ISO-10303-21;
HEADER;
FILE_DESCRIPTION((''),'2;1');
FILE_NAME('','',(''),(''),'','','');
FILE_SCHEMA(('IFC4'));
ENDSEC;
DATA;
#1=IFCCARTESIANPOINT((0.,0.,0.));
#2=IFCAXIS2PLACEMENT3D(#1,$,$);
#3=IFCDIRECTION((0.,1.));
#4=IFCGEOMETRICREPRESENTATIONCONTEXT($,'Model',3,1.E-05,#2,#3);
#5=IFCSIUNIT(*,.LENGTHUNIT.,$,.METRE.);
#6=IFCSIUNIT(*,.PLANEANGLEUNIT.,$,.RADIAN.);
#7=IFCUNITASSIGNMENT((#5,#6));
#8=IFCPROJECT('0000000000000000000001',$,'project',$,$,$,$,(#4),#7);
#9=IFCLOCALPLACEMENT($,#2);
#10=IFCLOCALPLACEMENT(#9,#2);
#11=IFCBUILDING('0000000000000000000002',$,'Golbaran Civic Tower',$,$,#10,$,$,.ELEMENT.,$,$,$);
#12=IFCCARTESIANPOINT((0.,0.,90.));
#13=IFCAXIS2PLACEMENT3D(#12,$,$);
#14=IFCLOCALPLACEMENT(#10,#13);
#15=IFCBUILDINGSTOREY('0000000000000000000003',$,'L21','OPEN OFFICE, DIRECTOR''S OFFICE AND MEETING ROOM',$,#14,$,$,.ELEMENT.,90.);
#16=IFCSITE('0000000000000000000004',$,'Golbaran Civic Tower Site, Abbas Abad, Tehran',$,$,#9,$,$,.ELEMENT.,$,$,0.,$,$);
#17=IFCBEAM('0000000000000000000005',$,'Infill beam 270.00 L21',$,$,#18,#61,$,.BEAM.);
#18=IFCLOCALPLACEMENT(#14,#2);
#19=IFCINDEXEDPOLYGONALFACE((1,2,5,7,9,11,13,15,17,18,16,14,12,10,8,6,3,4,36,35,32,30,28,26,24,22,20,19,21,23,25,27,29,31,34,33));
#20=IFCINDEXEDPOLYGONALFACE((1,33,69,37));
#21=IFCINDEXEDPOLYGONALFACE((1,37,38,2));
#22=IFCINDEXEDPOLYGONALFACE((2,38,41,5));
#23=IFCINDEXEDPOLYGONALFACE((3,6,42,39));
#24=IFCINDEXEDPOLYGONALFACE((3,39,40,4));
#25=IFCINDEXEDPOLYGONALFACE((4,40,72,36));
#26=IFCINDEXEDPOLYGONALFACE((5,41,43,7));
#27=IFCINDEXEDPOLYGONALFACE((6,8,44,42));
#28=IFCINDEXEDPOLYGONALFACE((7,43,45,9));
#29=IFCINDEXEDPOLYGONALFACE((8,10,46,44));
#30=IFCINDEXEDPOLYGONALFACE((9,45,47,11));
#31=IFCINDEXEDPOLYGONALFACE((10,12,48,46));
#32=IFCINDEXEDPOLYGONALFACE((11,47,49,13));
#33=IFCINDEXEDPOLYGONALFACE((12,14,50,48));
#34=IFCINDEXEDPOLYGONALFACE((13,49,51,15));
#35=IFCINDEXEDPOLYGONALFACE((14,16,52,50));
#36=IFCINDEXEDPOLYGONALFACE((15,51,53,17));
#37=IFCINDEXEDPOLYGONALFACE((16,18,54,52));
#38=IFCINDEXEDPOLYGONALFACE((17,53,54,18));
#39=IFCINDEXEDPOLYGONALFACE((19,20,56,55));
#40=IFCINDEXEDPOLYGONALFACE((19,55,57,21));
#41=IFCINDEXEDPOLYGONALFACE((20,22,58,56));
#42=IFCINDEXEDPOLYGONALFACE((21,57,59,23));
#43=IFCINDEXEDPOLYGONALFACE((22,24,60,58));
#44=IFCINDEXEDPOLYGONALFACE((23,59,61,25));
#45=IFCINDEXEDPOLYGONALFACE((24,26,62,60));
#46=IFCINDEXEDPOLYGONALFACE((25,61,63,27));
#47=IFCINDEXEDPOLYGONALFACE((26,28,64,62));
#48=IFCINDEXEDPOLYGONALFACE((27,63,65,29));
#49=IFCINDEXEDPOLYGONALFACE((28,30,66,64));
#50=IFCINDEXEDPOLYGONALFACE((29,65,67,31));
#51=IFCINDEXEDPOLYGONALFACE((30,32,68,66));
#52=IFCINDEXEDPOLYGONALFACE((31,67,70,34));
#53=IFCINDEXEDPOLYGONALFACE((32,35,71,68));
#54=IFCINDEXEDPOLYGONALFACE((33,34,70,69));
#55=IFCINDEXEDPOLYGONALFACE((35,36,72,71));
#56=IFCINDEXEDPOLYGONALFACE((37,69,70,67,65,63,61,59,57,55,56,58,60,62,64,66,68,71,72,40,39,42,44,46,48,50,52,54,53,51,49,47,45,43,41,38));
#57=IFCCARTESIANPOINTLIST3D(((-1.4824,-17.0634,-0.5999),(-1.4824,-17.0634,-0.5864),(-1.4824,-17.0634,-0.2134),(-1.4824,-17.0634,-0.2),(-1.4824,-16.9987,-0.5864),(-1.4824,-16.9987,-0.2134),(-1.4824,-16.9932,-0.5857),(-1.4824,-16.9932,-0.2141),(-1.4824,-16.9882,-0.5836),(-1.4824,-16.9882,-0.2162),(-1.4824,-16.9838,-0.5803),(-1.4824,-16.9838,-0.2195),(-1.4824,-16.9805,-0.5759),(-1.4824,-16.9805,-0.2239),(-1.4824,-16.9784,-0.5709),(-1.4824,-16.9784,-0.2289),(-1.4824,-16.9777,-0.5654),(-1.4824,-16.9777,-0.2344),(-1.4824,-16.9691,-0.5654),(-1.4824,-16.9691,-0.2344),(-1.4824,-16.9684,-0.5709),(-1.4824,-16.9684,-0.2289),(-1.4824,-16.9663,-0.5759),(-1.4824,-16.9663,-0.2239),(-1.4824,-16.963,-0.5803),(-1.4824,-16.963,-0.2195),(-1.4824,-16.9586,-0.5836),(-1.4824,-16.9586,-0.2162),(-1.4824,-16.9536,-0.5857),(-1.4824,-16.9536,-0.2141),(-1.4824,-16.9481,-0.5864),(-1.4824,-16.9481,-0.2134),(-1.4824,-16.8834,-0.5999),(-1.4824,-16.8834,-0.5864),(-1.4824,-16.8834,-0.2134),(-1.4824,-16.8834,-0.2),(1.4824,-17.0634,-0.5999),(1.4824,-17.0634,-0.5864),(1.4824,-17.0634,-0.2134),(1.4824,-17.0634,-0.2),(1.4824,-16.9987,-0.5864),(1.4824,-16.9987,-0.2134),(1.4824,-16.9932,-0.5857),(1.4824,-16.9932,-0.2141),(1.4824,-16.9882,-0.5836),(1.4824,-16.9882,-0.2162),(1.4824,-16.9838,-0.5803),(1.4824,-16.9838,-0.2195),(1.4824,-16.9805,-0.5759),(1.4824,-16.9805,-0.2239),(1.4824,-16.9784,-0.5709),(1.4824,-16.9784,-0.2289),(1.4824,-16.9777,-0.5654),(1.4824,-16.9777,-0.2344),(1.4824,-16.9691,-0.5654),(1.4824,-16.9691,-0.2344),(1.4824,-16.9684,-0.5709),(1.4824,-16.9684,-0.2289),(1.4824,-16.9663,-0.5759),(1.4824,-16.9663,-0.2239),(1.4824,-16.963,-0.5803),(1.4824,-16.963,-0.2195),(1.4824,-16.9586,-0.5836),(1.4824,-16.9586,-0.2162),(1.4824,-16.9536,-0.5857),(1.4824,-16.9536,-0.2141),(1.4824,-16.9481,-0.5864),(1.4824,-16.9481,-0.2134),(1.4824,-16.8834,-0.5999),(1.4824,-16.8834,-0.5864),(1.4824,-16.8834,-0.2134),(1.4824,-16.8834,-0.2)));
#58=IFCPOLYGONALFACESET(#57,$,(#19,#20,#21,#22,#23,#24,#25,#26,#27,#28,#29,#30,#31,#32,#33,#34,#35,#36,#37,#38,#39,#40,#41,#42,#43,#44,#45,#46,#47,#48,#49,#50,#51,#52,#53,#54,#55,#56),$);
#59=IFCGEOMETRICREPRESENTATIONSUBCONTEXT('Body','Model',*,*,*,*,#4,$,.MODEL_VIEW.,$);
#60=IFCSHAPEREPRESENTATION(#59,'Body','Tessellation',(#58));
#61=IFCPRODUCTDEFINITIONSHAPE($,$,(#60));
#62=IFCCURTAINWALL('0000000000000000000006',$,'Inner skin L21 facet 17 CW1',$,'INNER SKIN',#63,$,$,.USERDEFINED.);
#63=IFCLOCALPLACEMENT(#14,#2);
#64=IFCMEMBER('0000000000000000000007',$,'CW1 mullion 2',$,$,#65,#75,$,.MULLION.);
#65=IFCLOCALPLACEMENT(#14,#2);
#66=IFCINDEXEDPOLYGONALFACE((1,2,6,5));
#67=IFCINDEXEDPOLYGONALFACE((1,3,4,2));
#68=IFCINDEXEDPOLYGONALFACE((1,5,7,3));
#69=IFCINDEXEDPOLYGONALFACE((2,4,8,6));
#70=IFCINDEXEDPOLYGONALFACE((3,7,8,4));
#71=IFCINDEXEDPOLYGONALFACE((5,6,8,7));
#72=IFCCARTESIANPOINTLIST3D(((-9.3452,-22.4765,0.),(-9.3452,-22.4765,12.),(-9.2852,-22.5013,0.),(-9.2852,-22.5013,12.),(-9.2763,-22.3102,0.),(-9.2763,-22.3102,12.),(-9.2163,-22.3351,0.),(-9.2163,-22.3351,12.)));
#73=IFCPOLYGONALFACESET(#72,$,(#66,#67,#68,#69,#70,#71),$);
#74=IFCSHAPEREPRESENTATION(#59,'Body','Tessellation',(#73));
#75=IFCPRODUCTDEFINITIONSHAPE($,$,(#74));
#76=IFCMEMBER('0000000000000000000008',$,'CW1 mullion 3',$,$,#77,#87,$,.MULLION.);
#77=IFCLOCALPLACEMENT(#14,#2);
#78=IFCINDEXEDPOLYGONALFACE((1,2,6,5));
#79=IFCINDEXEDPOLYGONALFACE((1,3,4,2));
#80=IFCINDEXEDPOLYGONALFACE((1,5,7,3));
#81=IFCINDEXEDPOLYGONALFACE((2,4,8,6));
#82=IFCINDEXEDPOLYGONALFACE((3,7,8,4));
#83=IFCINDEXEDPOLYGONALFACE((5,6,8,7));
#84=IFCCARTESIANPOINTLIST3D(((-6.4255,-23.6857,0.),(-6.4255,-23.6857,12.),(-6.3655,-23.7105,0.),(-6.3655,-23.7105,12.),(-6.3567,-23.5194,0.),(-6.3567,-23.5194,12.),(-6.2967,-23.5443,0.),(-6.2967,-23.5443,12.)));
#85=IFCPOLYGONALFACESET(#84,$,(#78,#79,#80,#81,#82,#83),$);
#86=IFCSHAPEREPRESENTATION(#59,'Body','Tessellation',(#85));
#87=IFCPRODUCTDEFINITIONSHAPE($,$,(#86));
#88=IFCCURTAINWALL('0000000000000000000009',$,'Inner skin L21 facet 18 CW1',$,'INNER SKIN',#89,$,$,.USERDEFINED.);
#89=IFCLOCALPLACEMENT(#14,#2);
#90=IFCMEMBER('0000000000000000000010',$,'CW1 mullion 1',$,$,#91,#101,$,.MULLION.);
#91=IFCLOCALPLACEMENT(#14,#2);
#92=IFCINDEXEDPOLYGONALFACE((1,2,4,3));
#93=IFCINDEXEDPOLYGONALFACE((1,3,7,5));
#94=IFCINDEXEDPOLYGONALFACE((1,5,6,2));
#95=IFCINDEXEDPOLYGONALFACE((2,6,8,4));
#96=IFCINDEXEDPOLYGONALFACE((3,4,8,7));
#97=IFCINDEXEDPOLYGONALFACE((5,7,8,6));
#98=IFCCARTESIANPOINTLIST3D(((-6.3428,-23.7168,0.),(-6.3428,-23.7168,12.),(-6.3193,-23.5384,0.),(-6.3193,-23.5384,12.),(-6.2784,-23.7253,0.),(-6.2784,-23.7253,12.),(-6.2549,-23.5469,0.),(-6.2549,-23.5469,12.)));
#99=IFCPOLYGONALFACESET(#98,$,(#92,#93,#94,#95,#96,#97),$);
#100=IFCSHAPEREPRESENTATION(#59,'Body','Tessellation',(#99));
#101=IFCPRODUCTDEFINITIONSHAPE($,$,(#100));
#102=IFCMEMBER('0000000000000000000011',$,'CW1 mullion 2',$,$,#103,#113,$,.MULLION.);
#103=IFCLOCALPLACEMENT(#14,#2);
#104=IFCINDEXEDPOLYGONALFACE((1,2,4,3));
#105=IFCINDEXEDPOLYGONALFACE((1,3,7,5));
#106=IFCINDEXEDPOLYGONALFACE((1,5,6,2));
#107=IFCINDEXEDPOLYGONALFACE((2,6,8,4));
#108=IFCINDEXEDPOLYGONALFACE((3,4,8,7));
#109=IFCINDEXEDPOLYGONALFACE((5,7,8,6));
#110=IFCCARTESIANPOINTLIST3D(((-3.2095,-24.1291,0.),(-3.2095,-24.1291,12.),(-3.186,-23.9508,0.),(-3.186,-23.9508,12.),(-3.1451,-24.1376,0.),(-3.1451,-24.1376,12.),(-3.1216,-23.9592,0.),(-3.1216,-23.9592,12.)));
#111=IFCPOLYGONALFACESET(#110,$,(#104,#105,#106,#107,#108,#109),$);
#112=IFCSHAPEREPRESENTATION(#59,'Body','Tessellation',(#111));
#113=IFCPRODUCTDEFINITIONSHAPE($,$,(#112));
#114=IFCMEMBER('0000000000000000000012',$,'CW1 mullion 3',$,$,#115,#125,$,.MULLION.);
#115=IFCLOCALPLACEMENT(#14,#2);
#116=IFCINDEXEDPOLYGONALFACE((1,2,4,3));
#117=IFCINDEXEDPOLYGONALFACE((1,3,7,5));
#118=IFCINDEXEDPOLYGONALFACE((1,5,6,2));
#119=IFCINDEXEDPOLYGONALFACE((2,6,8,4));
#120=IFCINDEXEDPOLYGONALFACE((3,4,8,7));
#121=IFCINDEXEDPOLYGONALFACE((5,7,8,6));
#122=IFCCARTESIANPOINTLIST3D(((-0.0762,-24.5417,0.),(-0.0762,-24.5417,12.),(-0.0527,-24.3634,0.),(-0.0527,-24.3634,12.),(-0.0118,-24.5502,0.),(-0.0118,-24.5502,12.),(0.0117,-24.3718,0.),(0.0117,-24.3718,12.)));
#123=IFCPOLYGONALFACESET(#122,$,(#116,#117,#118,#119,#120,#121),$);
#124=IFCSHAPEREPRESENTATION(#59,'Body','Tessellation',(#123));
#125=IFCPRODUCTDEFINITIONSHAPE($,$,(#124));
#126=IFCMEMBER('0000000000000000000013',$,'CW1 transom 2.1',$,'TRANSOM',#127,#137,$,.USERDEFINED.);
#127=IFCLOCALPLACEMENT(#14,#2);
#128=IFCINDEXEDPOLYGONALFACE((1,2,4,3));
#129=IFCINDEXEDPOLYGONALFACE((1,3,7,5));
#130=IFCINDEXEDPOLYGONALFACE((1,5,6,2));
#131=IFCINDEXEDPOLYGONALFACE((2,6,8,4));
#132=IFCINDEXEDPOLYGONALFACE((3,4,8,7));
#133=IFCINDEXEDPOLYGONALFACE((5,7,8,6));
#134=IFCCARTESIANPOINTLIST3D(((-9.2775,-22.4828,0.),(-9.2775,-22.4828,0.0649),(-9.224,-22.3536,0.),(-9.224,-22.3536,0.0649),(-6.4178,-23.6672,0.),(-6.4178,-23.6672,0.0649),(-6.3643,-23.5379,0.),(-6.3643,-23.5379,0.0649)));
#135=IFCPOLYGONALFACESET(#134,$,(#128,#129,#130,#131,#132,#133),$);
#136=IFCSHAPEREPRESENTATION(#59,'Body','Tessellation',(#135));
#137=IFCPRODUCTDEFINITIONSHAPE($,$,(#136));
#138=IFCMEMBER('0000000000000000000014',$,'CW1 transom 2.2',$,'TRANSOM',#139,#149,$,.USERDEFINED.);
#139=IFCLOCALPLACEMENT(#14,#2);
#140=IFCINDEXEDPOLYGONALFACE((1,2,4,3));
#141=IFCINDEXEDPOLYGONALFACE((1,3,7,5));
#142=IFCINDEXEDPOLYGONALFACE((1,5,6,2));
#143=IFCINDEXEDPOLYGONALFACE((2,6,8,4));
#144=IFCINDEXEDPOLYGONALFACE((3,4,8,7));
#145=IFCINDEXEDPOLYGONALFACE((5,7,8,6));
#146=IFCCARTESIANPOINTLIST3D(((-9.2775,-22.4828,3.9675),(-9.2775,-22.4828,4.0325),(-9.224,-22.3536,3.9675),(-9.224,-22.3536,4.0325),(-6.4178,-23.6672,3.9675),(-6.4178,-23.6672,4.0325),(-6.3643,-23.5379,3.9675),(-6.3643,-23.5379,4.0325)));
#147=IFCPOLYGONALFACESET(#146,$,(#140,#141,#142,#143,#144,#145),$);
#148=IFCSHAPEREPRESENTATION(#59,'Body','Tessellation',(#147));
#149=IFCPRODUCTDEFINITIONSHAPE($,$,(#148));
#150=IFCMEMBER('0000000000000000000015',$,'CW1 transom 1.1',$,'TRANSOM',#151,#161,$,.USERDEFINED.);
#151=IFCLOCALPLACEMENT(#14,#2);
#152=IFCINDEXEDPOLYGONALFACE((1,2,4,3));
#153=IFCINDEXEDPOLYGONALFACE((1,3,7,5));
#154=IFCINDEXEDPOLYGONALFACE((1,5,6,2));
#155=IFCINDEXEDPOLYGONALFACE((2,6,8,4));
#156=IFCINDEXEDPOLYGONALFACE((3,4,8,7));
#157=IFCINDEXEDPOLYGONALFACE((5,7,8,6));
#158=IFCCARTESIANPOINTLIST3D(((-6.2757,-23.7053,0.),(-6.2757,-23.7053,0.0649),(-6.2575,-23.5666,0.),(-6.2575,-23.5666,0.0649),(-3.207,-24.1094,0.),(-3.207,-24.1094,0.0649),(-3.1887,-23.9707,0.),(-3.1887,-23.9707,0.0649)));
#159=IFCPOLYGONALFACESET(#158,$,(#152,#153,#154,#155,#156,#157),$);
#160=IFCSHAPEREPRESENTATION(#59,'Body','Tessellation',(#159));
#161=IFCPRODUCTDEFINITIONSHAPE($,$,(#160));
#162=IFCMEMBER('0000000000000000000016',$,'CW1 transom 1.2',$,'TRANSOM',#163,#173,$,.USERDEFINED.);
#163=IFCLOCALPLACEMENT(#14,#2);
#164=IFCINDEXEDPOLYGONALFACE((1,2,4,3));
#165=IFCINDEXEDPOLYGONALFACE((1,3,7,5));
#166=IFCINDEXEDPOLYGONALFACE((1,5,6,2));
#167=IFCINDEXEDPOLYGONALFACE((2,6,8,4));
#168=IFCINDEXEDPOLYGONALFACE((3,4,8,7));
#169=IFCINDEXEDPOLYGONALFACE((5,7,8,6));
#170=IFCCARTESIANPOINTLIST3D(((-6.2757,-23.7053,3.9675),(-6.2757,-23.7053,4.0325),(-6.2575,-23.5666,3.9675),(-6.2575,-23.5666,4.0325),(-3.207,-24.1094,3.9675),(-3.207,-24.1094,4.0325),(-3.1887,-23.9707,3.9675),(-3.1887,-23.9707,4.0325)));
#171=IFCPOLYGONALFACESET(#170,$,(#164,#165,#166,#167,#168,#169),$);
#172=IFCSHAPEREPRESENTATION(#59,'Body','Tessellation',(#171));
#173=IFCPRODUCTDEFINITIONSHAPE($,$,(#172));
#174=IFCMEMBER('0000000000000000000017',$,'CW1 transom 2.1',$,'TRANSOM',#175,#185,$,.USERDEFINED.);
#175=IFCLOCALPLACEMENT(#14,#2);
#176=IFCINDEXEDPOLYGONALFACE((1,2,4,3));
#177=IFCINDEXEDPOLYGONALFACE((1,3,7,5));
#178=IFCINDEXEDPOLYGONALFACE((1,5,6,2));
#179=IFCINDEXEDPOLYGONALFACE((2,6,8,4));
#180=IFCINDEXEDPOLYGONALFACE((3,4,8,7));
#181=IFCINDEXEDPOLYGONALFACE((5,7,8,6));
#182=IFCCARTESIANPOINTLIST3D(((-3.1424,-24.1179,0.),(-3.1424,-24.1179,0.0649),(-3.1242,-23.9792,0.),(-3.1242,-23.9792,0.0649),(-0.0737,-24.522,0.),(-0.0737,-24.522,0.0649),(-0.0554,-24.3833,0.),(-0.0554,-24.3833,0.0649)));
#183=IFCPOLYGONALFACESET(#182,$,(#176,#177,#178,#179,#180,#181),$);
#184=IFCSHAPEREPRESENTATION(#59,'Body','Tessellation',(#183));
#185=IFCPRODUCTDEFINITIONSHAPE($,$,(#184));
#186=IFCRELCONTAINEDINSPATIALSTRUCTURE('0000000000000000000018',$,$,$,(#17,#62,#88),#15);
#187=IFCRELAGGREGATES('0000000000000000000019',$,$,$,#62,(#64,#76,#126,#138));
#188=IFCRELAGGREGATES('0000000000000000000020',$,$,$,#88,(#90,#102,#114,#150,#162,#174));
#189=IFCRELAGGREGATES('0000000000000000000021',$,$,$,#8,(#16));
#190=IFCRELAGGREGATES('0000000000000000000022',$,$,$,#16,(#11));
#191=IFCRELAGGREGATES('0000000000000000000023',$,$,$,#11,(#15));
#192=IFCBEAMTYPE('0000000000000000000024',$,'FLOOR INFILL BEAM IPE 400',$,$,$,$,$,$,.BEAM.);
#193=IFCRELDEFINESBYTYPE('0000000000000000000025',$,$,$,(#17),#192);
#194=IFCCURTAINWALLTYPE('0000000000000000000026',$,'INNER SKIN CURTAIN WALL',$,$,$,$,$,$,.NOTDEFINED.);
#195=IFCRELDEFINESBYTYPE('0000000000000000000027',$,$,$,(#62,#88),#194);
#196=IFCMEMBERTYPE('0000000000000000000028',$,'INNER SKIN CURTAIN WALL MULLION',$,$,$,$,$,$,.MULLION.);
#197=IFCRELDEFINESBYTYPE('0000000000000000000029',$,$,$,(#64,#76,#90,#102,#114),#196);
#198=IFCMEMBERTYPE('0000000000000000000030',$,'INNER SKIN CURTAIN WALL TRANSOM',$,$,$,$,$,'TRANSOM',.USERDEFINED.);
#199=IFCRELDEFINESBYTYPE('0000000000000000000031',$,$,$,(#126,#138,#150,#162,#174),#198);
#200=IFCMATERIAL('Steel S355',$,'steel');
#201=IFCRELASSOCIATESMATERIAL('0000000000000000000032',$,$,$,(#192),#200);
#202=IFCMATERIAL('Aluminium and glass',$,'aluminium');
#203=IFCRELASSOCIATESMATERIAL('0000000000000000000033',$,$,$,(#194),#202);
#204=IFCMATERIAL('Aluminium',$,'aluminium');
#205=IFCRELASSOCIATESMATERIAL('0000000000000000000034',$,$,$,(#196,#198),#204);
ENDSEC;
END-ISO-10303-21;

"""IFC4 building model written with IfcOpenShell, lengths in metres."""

from ifc_helpers import new_model, si_unit, direction, frame, origin, origin_2d, place, context, subcontext, project, spatial, rectangle, i_section, extrude, material, material_profile, profile_set, type_object, element, aggregate, save


model = new_model("IFC4")

# Units and contexts
model_context = context("Model", 3, precision=1e-05, world=origin(), true_north=direction((0.0, 1.0)))
body_context = subcontext(model_context, "Body", "Model", "MODEL_VIEW")
ifc_project = project(units=[si_unit("LENGTHUNIT", "METRE"), si_unit("PLANEANGLEUNIT", "RADIAN")], contexts=[model_context])

# Site, building, storey
site_placement = place(None, origin())
site = spatial("IfcSite", under=ifc_project, at=site_placement, Name="Golbaran Civic Tower Site, Abbas Abad, Tehran", CompositionType="ELEMENT", RefElevation=0.0)
building_placement = place(site_placement, origin())
building = spatial("IfcBuilding", under=site, at=building_placement, Name="Golbaran Civic Tower", CompositionType="ELEMENT")
storey_placement = place(building_placement, frame((0.0, 0.0, 90.0)))
storey = spatial("IfcBuildingStorey", under=building, at=storey_placement, Name="L21", Description="OPEN OFFICE, DIRECTOR'S OFFICE AND MEETING ROOM", CompositionType="ELEMENT", Elevation=90.0)

# Beam
ifc_material_1 = material(Name="Steel S355", Category="steel")
ifc_material_profile_1 = material_profile(ifc_material_1, i_section(OverallWidth=0.1799, OverallDepth=0.3999, WebThickness=0.0085, FlangeThickness=0.0134, FilletRadius=0.021, at=origin_2d()), Name="IPE 400")
ifc_profile_set_1 = profile_set([ifc_material_profile_1], Name="Steel S355")
beam_type_1 = type_object("IfcBeamType", Name="FLOOR INFILL BEAM IPE 400", PredefinedType="BEAM", material=ifc_profile_set_1)
beam_1_placement = place(storey_placement, frame((-1.4824, -16.9734, -0.3999), z_axis=(1.0, 0.0, 0.0), x_axis=(0.0, 1.0, 0.0)))
element("IfcBeam", 1, at=beam_1_placement, inside=storey, type_object=beam_type_1, Name="Infill beam 270.00 L21", PredefinedType="BEAM", context=body_context, shape_type="SweptSolid", body=[
    extrude(i_section(OverallWidth=0.1799, OverallDepth=0.3999, WebThickness=0.0085, FlangeThickness=0.0134, FilletRadius=0.021, at=origin_2d()), origin(), (0.0, 0.0, 1.0), 2.9648),
])

# Curtain walls, members
ifc_material_2 = material(Name="Aluminium and glass", Category="aluminium")
curtain_wall_type = type_object("IfcCurtainWallType", Name="INNER SKIN CURTAIN WALL", PredefinedType="NOTDEFINED", material=ifc_material_2)
curtain_wall_1_placement = place(storey_placement, origin())
curtain_wall_1 = element("IfcCurtainWall", 2, at=curtain_wall_1_placement, inside=storey, type_object=curtain_wall_type, Name="Inner skin L21 facet 17 CW1", ObjectType="INNER SKIN", PredefinedType="USERDEFINED")
ifc_material_3 = material(Name="Aluminium", Category="aluminium")
ifc_material_profile_2 = material_profile(ifc_material_3, rectangle(XDim=0.1799, YDim=0.0649, at=origin_2d()), Name="INNER SKIN CURTAIN WALL MULLION")
ifc_profile_set_2 = profile_set([ifc_material_profile_2], Name="Aluminium")
member_type_1 = type_object("IfcMemberType", Name="INNER SKIN CURTAIN WALL MULLION", PredefinedType="MULLION", material=ifc_profile_set_2)
member_1_placement = place(storey_placement, frame((-9.2808, -22.4058, 0.0), z_axis=(0.0, 0.0, 1.0), x_axis=(0.382683, 0.92388, 0.0)))
member_1 = element("IfcMember", 3, at=member_1_placement, type_object=member_type_1, Name="CW1 mullion 2", PredefinedType="MULLION", context=body_context, shape_type="SweptSolid", body=[
    extrude(rectangle(XDim=0.1799, YDim=0.0649, at=origin_2d()), origin(), (0.0, 0.0, 1.0), 12.0),
])
member_2_placement = place(storey_placement, frame((-6.3611, -23.615, 0.0), z_axis=(0.0, 0.0, 1.0), x_axis=(0.382683, 0.92388, 0.0)))
member_2 = element("IfcMember", 4, at=member_2_placement, type_object=member_type_1, Name="CW1 mullion 3", PredefinedType="MULLION", context=body_context, shape_type="SweptSolid", body=[
    extrude(rectangle(XDim=0.1799, YDim=0.0649, at=origin_2d()), origin(), (0.0, 0.0, 1.0), 12.0),
])
curtain_wall_2_placement = place(storey_placement, origin())
curtain_wall_2 = element("IfcCurtainWall", 5, at=curtain_wall_2_placement, inside=storey, type_object=curtain_wall_type, Name="Inner skin L21 facet 18 CW1", ObjectType="INNER SKIN", PredefinedType="USERDEFINED")
member_3_placement = place(storey_placement, frame((-6.2988, -23.6318, 0.0), z_axis=(0.0, 0.0, 1.0), x_axis=(0.130526, 0.991445, 0.0)))
member_3 = element("IfcMember", 6, at=member_3_placement, type_object=member_type_1, Name="CW1 mullion 1", PredefinedType="MULLION", context=body_context, shape_type="SweptSolid", body=[
    extrude(rectangle(XDim=0.1799, YDim=0.0649, at=origin_2d()), origin(), (0.0, 0.0, 1.0), 12.0),
])
member_4_placement = place(storey_placement, frame((-3.1655, -24.0442, 0.0), z_axis=(0.0, 0.0, 1.0), x_axis=(0.130526, 0.991445, 0.0)))
member_4 = element("IfcMember", 7, at=member_4_placement, type_object=member_type_1, Name="CW1 mullion 2", PredefinedType="MULLION", context=body_context, shape_type="SweptSolid", body=[
    extrude(rectangle(XDim=0.1799, YDim=0.0649, at=origin_2d()), origin(), (0.0, 0.0, 1.0), 12.0),
])
member_5_placement = place(storey_placement, frame((-0.0322, -24.4568, 0.0), z_axis=(0.0, 0.0, 1.0), x_axis=(0.130526, 0.991445, 0.0)))
member_5 = element("IfcMember", 8, at=member_5_placement, type_object=member_type_1, Name="CW1 mullion 3", PredefinedType="MULLION", context=body_context, shape_type="SweptSolid", body=[
    extrude(rectangle(XDim=0.1799, YDim=0.0649, at=origin_2d()), origin(), (0.0, 0.0, 1.0), 12.0),
])

# Members
ifc_material_profile_3 = material_profile(ifc_material_3, rectangle(XDim=0.1399, YDim=0.0649, at=origin_2d()), Name="INNER SKIN CURTAIN WALL TRANSOM")
ifc_profile_set_3 = profile_set([ifc_material_profile_3], Name="Aluminium")
member_type_2 = type_object("IfcMemberType", Name="INNER SKIN CURTAIN WALL TRANSOM", ElementType="TRANSOM", PredefinedType="USERDEFINED", material=ifc_profile_set_3)
member_6_placement = place(storey_placement, frame((-9.2507, -22.4182, 0.0325), z_axis=(0.923899, -0.382637, 0.0), x_axis=(0.382637, 0.923899, 0.0)))
member_6 = element("IfcMember", 9, at=member_6_placement, type_object=member_type_2, Name="CW1 transom 2.1", ObjectType="TRANSOM", PredefinedType="USERDEFINED", context=body_context, shape_type="SweptSolid", body=[
    extrude(rectangle(XDim=0.1399, YDim=0.0649, at=origin_2d()), origin(), (0.0, 0.0, 1.0), 3.0952),
])
member_7_placement = place(storey_placement, frame((-9.2507, -22.4182, 4.0), z_axis=(0.923899, -0.382637, 0.0), x_axis=(0.382637, 0.923899, 0.0)))
member_7 = element("IfcMember", 10, at=member_7_placement, type_object=member_type_2, Name="CW1 transom 2.2", ObjectType="TRANSOM", PredefinedType="USERDEFINED", context=body_context, shape_type="SweptSolid", body=[
    extrude(rectangle(XDim=0.1399, YDim=0.0649, at=origin_2d()), origin(), (0.0, 0.0, 1.0), 3.0952),
])
member_8_placement = place(storey_placement, frame((-6.2666, -23.636, 0.0325), z_axis=(0.991444, -0.130536, 0.0), x_axis=(0.130536, 0.991444, 0.0)))
member_8 = element("IfcMember", 11, at=member_8_placement, type_object=member_type_2, Name="CW1 transom 1.1", ObjectType="TRANSOM", PredefinedType="USERDEFINED", context=body_context, shape_type="SweptSolid", body=[
    extrude(rectangle(XDim=0.1399, YDim=0.0649, at=origin_2d()), origin(), (0.0, 0.0, 1.0), 3.0952),
])
member_9_placement = place(storey_placement, frame((-6.2666, -23.636, 4.0), z_axis=(0.991444, -0.130536, 0.0), x_axis=(0.130536, 0.991444, 0.0)))
member_9 = element("IfcMember", 12, at=member_9_placement, type_object=member_type_2, Name="CW1 transom 1.2", ObjectType="TRANSOM", PredefinedType="USERDEFINED", context=body_context, shape_type="SweptSolid", body=[
    extrude(rectangle(XDim=0.1399, YDim=0.0649, at=origin_2d()), origin(), (0.0, 0.0, 1.0), 3.0952),
])
member_10_placement = place(storey_placement, frame((-3.1333, -24.0486, 0.0325), z_axis=(0.991444, -0.130536, 0.0), x_axis=(0.130536, 0.991444, 0.0)))
member_10 = element("IfcMember", 13, at=member_10_placement, type_object=member_type_2, Name="CW1 transom 2.1", ObjectType="TRANSOM", PredefinedType="USERDEFINED", context=body_context, shape_type="SweptSolid", body=[
    extrude(rectangle(XDim=0.1399, YDim=0.0649, at=origin_2d()), origin(), (0.0, 0.0, 1.0), 3.0952),
])

aggregate(curtain_wall_1, [member_1, member_2, member_6, member_7])
aggregate(curtain_wall_2, [member_3, member_4, member_5, member_8, member_9, member_10])

save(model, "model.ifc")
